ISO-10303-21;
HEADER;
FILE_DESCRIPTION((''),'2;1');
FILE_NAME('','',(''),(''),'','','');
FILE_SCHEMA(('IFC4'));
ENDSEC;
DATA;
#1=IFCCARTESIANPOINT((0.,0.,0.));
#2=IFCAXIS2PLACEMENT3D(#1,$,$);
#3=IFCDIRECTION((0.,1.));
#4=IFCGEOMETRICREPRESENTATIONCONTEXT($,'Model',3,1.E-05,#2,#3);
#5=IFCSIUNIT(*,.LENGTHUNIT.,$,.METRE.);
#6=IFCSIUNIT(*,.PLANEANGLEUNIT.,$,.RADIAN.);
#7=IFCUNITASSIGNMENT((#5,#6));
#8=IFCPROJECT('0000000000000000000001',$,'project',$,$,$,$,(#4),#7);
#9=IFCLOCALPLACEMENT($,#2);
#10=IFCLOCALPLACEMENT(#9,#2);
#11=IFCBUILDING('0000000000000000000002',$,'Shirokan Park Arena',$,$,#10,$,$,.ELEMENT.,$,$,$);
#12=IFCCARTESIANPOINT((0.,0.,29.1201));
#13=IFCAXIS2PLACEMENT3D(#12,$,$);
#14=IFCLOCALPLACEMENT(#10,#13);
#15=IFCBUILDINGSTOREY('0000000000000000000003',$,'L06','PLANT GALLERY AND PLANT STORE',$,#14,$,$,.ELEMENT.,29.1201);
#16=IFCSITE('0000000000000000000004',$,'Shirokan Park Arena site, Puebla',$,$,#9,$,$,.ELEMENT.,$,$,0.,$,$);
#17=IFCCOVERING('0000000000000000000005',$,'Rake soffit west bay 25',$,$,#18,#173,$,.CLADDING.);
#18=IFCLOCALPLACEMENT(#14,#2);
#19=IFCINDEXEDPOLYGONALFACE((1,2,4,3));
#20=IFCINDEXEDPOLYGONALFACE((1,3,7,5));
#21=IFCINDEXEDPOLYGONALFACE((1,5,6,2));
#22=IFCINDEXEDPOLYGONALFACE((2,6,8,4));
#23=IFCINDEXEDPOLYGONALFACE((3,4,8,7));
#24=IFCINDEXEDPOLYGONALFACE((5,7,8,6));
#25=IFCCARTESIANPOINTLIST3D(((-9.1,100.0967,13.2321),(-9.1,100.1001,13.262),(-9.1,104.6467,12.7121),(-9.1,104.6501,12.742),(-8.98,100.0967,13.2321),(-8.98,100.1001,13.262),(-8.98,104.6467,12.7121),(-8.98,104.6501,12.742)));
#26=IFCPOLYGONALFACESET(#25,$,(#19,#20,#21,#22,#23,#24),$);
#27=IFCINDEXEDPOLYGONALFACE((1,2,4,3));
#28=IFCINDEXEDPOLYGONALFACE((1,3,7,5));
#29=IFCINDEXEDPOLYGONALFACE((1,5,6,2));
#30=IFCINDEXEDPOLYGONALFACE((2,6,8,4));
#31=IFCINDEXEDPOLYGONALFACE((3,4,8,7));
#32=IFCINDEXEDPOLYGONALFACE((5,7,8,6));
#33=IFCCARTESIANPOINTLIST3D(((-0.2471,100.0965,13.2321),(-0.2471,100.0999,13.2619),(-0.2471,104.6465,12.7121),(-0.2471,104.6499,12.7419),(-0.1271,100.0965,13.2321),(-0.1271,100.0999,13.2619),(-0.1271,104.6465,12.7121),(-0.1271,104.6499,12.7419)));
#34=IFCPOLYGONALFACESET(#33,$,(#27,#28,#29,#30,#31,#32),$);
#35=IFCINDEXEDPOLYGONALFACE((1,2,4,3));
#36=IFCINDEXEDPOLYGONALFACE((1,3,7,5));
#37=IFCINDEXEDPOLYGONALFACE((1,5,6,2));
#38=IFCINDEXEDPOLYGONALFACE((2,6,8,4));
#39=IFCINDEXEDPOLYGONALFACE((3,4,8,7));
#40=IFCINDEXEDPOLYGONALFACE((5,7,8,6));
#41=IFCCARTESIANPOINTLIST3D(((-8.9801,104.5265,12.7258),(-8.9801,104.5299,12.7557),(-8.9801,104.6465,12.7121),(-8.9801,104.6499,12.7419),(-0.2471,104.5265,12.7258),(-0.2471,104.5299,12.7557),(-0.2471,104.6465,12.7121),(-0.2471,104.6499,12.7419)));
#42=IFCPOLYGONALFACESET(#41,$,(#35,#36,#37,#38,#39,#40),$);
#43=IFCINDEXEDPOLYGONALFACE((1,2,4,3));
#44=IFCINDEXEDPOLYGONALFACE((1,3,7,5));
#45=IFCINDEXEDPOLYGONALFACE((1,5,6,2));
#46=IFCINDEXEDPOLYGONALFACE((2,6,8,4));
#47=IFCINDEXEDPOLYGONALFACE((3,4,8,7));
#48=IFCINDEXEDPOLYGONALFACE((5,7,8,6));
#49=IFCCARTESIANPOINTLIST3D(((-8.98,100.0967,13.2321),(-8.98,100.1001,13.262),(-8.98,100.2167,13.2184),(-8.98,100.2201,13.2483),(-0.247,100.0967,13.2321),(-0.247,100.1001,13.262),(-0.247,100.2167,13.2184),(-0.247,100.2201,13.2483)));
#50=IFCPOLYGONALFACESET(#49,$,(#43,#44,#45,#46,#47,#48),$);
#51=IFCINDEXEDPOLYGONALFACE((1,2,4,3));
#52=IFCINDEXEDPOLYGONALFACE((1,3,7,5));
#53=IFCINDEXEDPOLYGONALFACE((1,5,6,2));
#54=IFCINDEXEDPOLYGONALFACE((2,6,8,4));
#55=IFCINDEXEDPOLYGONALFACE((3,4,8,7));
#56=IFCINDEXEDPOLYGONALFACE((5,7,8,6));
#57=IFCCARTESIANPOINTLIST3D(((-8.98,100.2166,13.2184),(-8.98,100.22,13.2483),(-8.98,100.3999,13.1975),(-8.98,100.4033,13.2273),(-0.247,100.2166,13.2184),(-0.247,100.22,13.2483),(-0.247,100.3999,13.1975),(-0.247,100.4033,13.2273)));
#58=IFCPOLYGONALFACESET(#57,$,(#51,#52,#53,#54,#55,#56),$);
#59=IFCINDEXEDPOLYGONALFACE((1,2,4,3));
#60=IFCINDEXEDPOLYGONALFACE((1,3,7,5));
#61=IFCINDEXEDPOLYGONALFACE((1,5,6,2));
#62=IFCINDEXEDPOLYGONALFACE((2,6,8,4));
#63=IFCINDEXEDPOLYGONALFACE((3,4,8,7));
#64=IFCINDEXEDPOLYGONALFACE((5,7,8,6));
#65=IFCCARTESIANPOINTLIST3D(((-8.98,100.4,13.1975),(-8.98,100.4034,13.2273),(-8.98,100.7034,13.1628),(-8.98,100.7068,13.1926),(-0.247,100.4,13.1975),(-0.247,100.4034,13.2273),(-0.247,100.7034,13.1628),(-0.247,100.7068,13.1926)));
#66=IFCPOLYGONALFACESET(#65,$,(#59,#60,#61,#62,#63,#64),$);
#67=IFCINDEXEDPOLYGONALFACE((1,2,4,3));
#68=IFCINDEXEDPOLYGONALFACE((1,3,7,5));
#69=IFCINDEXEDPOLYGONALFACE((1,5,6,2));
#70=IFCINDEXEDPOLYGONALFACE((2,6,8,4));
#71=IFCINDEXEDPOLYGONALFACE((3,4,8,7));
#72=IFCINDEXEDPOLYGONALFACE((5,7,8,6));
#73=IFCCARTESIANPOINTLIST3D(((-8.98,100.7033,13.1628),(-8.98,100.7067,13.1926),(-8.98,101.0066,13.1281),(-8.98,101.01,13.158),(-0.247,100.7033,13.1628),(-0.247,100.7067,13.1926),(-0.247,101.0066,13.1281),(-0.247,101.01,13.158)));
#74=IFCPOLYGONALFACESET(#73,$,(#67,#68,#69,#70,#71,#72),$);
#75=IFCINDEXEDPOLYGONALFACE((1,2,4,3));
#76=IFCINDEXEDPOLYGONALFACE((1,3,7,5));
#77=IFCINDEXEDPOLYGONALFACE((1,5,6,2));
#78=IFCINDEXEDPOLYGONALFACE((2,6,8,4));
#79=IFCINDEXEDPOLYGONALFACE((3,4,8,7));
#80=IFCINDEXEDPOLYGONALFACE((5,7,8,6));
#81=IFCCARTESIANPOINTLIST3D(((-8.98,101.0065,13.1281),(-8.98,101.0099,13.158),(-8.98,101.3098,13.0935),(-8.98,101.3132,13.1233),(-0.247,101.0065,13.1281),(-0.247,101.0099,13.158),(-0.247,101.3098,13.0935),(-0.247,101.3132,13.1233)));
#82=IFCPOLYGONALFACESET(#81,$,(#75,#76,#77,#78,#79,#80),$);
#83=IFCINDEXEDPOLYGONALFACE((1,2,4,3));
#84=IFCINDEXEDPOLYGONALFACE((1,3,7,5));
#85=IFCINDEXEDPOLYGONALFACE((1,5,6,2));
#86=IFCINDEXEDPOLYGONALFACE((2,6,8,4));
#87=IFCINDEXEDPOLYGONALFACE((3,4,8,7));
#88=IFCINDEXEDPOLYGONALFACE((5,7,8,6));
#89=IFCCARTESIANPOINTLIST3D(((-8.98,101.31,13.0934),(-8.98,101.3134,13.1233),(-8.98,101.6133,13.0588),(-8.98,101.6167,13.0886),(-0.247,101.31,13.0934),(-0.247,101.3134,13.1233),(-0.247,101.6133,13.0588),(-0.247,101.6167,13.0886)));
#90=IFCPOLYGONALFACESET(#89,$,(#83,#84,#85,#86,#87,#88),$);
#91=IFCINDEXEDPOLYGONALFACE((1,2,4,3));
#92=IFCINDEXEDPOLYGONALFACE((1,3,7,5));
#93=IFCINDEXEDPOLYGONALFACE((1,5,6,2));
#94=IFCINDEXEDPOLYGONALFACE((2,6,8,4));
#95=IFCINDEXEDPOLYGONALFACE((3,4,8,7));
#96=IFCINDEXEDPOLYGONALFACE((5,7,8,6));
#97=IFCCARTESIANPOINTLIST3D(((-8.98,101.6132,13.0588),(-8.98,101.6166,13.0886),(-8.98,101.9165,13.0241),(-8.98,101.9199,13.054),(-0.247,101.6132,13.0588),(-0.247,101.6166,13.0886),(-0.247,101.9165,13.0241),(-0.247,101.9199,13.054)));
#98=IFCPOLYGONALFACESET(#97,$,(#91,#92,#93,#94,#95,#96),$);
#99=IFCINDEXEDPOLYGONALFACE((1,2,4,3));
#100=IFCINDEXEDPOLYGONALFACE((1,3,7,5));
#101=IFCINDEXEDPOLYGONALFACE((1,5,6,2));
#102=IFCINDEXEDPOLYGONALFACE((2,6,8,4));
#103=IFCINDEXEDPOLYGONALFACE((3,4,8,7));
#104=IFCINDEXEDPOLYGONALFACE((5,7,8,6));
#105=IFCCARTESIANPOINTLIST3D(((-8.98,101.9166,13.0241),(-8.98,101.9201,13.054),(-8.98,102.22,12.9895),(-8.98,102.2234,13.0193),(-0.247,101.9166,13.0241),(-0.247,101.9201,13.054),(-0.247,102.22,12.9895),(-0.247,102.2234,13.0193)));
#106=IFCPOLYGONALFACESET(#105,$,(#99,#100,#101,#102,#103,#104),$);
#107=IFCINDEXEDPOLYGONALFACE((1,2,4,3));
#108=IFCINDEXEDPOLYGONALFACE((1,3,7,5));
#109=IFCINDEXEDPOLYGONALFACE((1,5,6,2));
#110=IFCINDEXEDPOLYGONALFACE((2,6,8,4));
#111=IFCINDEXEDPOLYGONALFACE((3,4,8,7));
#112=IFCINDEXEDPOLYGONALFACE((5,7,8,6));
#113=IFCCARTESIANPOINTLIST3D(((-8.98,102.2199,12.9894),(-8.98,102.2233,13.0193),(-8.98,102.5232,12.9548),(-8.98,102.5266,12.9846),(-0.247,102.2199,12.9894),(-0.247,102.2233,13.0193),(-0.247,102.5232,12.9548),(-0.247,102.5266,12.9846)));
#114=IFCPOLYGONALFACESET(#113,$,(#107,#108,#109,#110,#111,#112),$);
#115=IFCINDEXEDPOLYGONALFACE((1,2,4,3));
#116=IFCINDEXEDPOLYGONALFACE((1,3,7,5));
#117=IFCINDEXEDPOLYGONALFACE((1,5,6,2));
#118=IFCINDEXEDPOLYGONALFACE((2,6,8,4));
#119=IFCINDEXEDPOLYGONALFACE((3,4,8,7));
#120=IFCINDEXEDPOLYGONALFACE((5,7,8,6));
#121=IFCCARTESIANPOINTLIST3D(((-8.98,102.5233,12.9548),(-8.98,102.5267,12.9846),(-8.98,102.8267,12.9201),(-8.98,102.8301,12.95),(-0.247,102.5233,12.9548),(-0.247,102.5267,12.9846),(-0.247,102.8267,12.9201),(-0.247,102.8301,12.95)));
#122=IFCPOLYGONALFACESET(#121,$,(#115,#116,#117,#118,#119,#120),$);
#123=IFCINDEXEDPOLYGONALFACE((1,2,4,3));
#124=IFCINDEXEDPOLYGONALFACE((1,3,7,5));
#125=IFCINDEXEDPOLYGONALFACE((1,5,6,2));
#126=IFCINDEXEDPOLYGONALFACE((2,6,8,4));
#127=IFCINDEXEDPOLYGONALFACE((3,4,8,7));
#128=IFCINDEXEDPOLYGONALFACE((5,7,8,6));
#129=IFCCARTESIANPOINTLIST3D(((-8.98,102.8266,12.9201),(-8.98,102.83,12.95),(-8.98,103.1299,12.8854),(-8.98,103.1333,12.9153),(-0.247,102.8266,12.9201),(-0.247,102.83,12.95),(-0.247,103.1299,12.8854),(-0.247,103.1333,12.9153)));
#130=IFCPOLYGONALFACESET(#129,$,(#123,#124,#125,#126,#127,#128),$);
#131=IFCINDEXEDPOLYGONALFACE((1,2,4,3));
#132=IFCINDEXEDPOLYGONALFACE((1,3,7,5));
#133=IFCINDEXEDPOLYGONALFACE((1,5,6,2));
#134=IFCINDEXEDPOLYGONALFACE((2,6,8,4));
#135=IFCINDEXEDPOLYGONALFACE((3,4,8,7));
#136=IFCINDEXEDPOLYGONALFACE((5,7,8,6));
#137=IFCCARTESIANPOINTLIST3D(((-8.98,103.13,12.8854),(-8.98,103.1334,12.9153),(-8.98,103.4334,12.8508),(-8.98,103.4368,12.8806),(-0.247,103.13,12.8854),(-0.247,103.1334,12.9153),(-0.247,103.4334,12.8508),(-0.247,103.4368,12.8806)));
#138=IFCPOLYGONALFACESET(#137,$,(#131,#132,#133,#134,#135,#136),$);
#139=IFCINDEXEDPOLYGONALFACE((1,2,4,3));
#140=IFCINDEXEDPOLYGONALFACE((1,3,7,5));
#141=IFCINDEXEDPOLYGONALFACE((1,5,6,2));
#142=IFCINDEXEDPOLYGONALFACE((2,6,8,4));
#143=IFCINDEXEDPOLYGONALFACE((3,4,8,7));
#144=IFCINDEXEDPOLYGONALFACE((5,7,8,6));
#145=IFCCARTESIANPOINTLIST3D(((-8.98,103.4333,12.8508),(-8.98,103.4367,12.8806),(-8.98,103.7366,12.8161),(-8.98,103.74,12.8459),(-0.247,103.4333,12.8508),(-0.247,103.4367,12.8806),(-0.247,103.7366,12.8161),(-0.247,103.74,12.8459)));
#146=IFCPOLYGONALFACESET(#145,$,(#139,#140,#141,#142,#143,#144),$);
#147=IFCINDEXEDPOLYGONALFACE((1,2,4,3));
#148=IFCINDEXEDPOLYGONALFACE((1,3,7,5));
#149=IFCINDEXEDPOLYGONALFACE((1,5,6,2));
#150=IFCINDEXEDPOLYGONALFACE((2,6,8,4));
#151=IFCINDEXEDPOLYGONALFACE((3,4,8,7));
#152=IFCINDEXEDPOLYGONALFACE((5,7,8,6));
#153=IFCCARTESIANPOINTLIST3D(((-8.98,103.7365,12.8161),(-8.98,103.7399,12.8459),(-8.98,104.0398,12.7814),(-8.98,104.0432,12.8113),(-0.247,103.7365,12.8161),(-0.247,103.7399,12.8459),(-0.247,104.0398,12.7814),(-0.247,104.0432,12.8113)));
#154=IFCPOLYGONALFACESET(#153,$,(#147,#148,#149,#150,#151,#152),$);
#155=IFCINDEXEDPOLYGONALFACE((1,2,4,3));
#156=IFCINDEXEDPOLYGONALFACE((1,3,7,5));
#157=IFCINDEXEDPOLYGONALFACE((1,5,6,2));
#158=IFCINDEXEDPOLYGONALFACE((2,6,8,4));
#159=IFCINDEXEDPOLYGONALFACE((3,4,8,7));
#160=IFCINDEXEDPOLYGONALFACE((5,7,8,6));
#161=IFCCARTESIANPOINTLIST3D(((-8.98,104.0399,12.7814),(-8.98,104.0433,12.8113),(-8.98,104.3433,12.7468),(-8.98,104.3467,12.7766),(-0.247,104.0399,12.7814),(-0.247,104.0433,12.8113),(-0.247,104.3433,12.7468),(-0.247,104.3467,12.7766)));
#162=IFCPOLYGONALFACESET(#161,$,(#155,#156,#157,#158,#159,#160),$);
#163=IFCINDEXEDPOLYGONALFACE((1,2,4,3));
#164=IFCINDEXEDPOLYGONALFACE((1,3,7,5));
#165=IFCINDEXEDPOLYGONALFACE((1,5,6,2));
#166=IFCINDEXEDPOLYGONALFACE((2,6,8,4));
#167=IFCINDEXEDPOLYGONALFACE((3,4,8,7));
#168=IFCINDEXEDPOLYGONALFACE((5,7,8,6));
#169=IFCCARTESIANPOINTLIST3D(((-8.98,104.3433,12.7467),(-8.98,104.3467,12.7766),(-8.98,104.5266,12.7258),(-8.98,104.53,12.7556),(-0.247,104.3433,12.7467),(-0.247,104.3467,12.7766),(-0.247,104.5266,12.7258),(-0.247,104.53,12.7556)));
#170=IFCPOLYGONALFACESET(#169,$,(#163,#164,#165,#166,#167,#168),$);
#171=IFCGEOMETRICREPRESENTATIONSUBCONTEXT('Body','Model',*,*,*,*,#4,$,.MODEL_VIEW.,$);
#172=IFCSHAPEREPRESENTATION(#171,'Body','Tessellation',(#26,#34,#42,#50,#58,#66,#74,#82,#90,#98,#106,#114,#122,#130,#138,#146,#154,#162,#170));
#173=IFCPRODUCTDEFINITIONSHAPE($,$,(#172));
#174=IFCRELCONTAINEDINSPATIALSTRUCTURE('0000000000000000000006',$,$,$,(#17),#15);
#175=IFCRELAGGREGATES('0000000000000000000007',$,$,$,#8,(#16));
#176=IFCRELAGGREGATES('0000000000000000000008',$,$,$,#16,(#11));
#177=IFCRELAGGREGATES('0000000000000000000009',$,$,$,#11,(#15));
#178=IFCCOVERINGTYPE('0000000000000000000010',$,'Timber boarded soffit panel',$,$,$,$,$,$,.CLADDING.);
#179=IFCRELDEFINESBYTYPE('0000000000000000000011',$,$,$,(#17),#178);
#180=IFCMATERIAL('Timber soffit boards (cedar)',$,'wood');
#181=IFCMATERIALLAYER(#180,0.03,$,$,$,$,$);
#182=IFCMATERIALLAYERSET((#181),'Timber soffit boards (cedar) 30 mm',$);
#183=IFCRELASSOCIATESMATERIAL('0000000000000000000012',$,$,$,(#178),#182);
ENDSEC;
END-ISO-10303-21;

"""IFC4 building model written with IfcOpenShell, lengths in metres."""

from ifc_helpers import new_model, si_unit, direction, frame, origin, place, context, subcontext, project, spatial, polyline, outline, extrude, material, layer, layer_set, type_object, element, save


model = new_model("IFC4")

# Units and contexts
model_context = context("Model", 3, precision=1e-05, world=origin(), true_north=direction((0.0, 1.0)))
body_context = subcontext(model_context, "Body", "Model", "MODEL_VIEW")
ifc_project = project(units=[si_unit("LENGTHUNIT", "METRE"), si_unit("PLANEANGLEUNIT", "RADIAN")], contexts=[model_context])

# Site, building, storey
site_placement = place(None, origin())
site = spatial("IfcSite", under=ifc_project, at=site_placement, Name="Shirokan Park Arena site, Puebla", CompositionType="ELEMENT", RefElevation=0.0)
building_placement = place(site_placement, origin())
building = spatial("IfcBuilding", under=site, at=building_placement, Name="Shirokan Park Arena", CompositionType="ELEMENT")
storey_placement = place(building_placement, frame((0.0, 0.0, 29.1201)))
storey = spatial("IfcBuildingStorey", under=building, at=storey_placement, Name="L06", Description="PLANT GALLERY AND PLANT STORE", CompositionType="ELEMENT", Elevation=29.1201)

# Covering
ifc_material = material(Name="Timber soffit boards (cedar)", Category="wood")
ifc_layer = layer(ifc_material, 0.03)
ifc_layer_set = layer_set([ifc_layer], Name="Timber soffit boards (cedar) 30 mm")
covering_type = type_object("IfcCoveringType", Name="Timber boarded soffit panel", PredefinedType="CLADDING", material=ifc_layer_set)
covering_1_placement = place(storey_placement, origin())
element("IfcCovering", 1, at=covering_1_placement, inside=storey, type_object=covering_type, Name="Rake soffit west bay 25", PredefinedType="CLADDING", context=body_context, shape_type="SweptSolid", body=[
    extrude(outline(polyline([(0.0, 0.0), (0.12, 0.0), (0.12, -4.5796), (0.0, -4.5796), (0.0, 0.0)])), frame((-8.98, 100.1001, 13.262), z_axis=(0.0, 0.113547, 0.993533), x_axis=(-1.0, 0.0, 0.0)), (0.0, 0.0, -1.0), 0.03),
    extrude(outline(polyline([(0.0, 0.0), (0.12, 0.0), (0.12, -4.5796), (0.0, -4.5796), (0.0, 0.0)])), frame((-0.2471, 104.6499, 12.7419), z_axis=(0.0, 0.113547, 0.993533), x_axis=(1.0, 0.0, 0.0)), (0.0, 0.0, -1.0), 0.03),
    extrude(outline(polyline([(0.0, 0.0), (0.1208, 0.0), (0.1208, -8.733), (0.0, -8.733), (0.0, 0.0)])), frame((-0.2471, 104.6499, 12.7419), z_axis=(0.0, 0.113512, 0.993537), x_axis=(0.0, -0.993537, 0.113512)), (0.0, 0.0, -1.0), 0.03),
    extrude(outline(polyline([(0.0, 0.0), (0.1208, 0.0), (0.1208, -8.733), (0.0, -8.733), (0.0, 0.0)])), frame((-8.98, 100.1001, 13.262), z_axis=(0.0, 0.113512, 0.993537), x_axis=(0.0, 0.993537, -0.113512)), (0.0, 0.0, -1.0), 0.03),
    extrude(outline(polyline([(0.0, 0.0), (8.733, 0.0), (8.733, -0.1845), (0.0, -0.1845), (0.0, 0.0)])), frame((-8.98, 100.4033, 13.2273), z_axis=(0.0, 0.113589, 0.993528), x_axis=(1.0, 0.0, 0.0)), (0.0, 0.0, -1.0), 0.03),
    extrude(outline(polyline([(0.0, 0.0), (8.733, 0.0), (8.733, -0.3053), (0.0, -0.3053), (0.0, 0.0)])), frame((-8.98, 100.7068, 13.1926), z_axis=(0.0, 0.113523, 0.993535), x_axis=(1.0, 0.0, 0.0)), (0.0, 0.0, -1.0), 0.03),
    extrude(outline(polyline([(0.0, 0.0), (8.733, 0.0), (8.733, -0.3053), (0.0, -0.3053), (0.0, 0.0)])), frame((-8.98, 101.01, 13.158), z_axis=(0.0, 0.113559, 0.993531), x_axis=(1.0, 0.0, 0.0)), (0.0, 0.0, -1.0), 0.03),
    extrude(outline(polyline([(0.0, 0.0), (8.733, 0.0), (8.733, -0.3053), (0.0, -0.3053), (0.0, 0.0)])), frame((-8.98, 101.3132, 13.1233), z_axis=(0.0, 0.113559, 0.993531), x_axis=(1.0, 0.0, 0.0)), (0.0, 0.0, -1.0), 0.03),
    extrude(outline(polyline([(0.0, 0.0), (8.733, 0.0), (8.733, -0.3053), (0.0, -0.3053), (0.0, 0.0)])), frame((-8.98, 101.6167, 13.0886), z_axis=(0.0, 0.113523, 0.993535), x_axis=(1.0, 0.0, 0.0)), (0.0, 0.0, -1.0), 0.03),
    extrude(outline(polyline([(0.0, 0.0), (8.733, 0.0), (8.733, -0.3053), (0.0, -0.3053), (0.0, 0.0)])), frame((-8.98, 101.9199, 13.054), z_axis=(0.0, 0.113559, 0.993531), x_axis=(1.0, 0.0, 0.0)), (0.0, 0.0, -1.0), 0.03),
    extrude(outline(polyline([(0.0, 0.0), (8.733, 0.0), (8.733, -0.3053), (0.0, -0.3053), (0.0, 0.0)])), frame((-8.98, 102.2234, 13.0193), z_axis=(0.0, 0.113559, 0.993531), x_axis=(1.0, 0.0, 0.0)), (0.0, 0.0, -1.0), 0.03),
    extrude(outline(polyline([(0.0, 0.0), (8.733, 0.0), (8.733, -0.3053), (0.0, -0.3053), (0.0, 0.0)])), frame((-8.98, 102.5266, 12.9846), z_axis=(0.0, 0.113523, 0.993535), x_axis=(1.0, 0.0, 0.0)), (0.0, 0.0, -1.0), 0.03),
    extrude(outline(polyline([(0.0, 0.0), (8.733, 0.0), (8.733, -0.3053), (0.0, -0.3053), (0.0, 0.0)])), frame((-8.98, 102.8301, 12.95), z_axis=(0.0, 0.113559, 0.993531), x_axis=(1.0, 0.0, 0.0)), (0.0, 0.0, -1.0), 0.03),
    extrude(outline(polyline([(0.0, 0.0), (8.733, 0.0), (8.733, -0.3053), (0.0, -0.3053), (0.0, 0.0)])), frame((-8.98, 103.1333, 12.9153), z_axis=(0.0, 0.113559, 0.993531), x_axis=(1.0, 0.0, 0.0)), (0.0, 0.0, -1.0), 0.03),
    extrude(outline(polyline([(0.0, 0.0), (8.733, 0.0), (8.733, -0.3053), (0.0, -0.3053), (0.0, 0.0)])), frame((-8.98, 103.4368, 12.8806), z_axis=(0.0, 0.113523, 0.993535), x_axis=(1.0, 0.0, 0.0)), (0.0, 0.0, -1.0), 0.03),
    extrude(outline(polyline([(0.0, 0.0), (8.733, 0.0), (8.733, -0.3053), (0.0, -0.3053), (0.0, 0.0)])), frame((-8.98, 103.74, 12.8459), z_axis=(0.0, 0.113559, 0.993531), x_axis=(1.0, 0.0, 0.0)), (0.0, 0.0, -1.0), 0.03),
    extrude(outline(polyline([(0.0, 0.0), (8.733, 0.0), (8.733, -0.3053), (0.0, -0.3053), (0.0, 0.0)])), frame((-8.98, 104.0432, 12.8113), z_axis=(0.0, 0.113559, 0.993531), x_axis=(1.0, 0.0, 0.0)), (0.0, 0.0, -1.0), 0.03),
    extrude(outline(polyline([(0.0, 0.0), (8.733, 0.0), (8.733, -0.3053), (0.0, -0.3053), (0.0, 0.0)])), frame((-8.98, 104.3467, 12.7766), z_axis=(0.0, 0.113523, 0.993535), x_axis=(1.0, 0.0, 0.0)), (0.0, 0.0, -1.0), 0.03),
    extrude(outline(polyline([(0.0, 0.0), (8.733, 0.0), (8.733, -0.1845), (0.0, -0.1845), (0.0, 0.0)])), frame((-8.98, 104.53, 12.7556), z_axis=(0.0, 0.113589, 0.993528), x_axis=(1.0, 0.0, 0.0)), (0.0, 0.0, -1.0), 0.03),
])

save(model, "model.ifc")
